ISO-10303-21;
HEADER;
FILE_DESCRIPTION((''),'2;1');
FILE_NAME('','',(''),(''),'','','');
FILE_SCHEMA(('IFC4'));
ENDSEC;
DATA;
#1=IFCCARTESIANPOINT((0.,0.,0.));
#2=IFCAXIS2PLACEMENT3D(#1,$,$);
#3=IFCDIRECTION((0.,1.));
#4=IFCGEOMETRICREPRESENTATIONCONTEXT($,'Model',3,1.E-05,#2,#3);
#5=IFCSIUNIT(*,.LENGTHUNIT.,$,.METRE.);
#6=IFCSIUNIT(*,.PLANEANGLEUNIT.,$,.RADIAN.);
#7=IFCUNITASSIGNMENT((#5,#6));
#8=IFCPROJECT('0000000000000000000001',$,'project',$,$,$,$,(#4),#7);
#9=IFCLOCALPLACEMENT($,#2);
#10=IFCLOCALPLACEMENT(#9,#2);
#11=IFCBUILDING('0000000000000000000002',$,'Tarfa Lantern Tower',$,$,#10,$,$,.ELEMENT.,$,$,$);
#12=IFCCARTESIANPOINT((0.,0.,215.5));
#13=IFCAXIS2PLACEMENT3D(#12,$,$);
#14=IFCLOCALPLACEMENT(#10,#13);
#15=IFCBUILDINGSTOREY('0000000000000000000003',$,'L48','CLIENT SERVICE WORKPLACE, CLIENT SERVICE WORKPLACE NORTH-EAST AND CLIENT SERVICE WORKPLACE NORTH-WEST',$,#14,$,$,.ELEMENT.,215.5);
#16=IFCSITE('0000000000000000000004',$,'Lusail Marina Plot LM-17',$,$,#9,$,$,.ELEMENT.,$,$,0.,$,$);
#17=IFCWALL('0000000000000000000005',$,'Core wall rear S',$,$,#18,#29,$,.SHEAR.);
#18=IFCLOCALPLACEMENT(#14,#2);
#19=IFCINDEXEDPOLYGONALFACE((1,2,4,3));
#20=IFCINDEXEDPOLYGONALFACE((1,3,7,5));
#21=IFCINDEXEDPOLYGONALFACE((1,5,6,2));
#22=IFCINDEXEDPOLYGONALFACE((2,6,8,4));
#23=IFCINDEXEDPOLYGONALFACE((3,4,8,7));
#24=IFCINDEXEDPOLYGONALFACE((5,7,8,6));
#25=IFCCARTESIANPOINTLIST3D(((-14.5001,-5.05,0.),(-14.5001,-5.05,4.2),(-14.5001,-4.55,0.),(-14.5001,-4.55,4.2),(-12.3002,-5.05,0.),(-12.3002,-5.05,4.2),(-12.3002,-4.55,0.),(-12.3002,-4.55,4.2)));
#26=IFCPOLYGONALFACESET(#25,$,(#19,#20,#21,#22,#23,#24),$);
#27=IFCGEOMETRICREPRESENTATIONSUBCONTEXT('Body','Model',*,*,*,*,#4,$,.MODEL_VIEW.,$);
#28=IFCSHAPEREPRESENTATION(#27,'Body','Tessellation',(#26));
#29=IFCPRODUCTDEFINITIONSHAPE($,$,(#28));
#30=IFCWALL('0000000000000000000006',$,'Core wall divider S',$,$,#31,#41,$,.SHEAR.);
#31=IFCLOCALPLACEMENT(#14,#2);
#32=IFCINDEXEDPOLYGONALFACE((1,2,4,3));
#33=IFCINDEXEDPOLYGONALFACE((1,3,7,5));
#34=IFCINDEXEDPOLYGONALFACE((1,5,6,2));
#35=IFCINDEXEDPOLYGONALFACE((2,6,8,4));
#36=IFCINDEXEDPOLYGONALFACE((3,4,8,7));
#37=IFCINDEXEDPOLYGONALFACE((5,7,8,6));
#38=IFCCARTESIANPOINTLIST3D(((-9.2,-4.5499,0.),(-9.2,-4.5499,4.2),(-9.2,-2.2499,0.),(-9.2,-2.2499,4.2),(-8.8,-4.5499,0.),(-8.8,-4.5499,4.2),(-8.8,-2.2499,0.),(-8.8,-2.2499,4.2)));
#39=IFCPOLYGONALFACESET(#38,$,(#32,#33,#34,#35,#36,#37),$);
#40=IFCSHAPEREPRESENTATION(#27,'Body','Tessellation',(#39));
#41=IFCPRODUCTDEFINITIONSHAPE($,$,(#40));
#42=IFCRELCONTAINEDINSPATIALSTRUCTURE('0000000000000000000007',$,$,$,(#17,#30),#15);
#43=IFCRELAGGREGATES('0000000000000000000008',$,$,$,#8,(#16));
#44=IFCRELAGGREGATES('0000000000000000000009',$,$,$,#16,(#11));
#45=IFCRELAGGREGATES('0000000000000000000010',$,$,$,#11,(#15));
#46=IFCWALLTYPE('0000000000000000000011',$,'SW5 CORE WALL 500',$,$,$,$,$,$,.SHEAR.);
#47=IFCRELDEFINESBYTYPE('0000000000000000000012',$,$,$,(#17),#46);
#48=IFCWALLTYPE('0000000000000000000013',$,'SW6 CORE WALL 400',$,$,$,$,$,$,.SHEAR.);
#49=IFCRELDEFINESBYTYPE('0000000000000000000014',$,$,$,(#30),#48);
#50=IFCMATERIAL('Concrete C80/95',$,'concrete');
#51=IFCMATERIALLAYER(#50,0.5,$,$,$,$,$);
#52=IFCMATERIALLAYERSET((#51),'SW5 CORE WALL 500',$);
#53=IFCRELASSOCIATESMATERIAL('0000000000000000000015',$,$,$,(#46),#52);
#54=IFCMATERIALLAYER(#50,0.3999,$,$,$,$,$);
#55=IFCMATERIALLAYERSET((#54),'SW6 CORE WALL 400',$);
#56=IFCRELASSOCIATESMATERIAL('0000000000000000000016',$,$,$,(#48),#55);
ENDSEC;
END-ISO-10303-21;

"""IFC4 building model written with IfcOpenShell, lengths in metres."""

from ifc_helpers import new_model, si_unit, direction, frame, frame_2d, origin, place, context, subcontext, project, spatial, rectangle, extrude, material, layer, layer_set, type_object, element, save


model = new_model("IFC4")

# Units and contexts
model_context = context("Model", 3, precision=1e-05, world=origin(), true_north=direction((0.0, 1.0)))
body_context = subcontext(model_context, "Body", "Model", "MODEL_VIEW")
ifc_project = project(units=[si_unit("LENGTHUNIT", "METRE"), si_unit("PLANEANGLEUNIT", "RADIAN")], contexts=[model_context])

# Site, building, storey
site_placement = place(None, origin())
site = spatial("IfcSite", under=ifc_project, at=site_placement, Name="Lusail Marina Plot LM-17", CompositionType="ELEMENT", RefElevation=0.0)
building_placement = place(site_placement, origin())
building = spatial("IfcBuilding", under=site, at=building_placement, Name="Tarfa Lantern Tower", CompositionType="ELEMENT")
storey_placement = place(building_placement, frame((0.0, 0.0, 215.5)))
storey = spatial("IfcBuildingStorey", under=building, at=storey_placement, Name="L48", Description="CLIENT SERVICE WORKPLACE, CLIENT SERVICE WORKPLACE NORTH-EAST AND CLIENT SERVICE WORKPLACE NORTH-WEST", CompositionType="ELEMENT", Elevation=215.5)

# Shared definitions
ifc_material_1 = material(Name="Concrete C80/95", Category="concrete")
ifc_layer_1 = layer(ifc_material_1, 0.5)
ifc_layer_set_1 = layer_set([ifc_layer_1], Name="SW5 CORE WALL 500")
wall_type_1 = type_object("IfcWallType", Name="SW5 CORE WALL 500", PredefinedType="SHEAR", material=ifc_layer_set_1)

# Walls
wall_1_placement = place(storey_placement, frame((-12.3, -4.8, 0.0), z_axis=(0.0, 0.0, 1.0), x_axis=(-1.0, 0.0, 0.0)))
element("IfcWall", 1, at=wall_1_placement, inside=storey, type_object=wall_type_1, Name="Core wall rear S", PredefinedType="SHEAR", context=body_context, shape_type="SweptSolid", body=[
    extrude(rectangle(XDim=2.2, YDim=0.5, at=frame_2d((1.1001, 0.0))), origin(), (0.0, 0.0, 1.0), 4.2),
])
ifc_layer_2 = layer(ifc_material_1, 0.3999)
ifc_layer_set_2 = layer_set([ifc_layer_2], Name="SW6 CORE WALL 400")
wall_type_2 = type_object("IfcWallType", Name="SW6 CORE WALL 400", PredefinedType="SHEAR", material=ifc_layer_set_2)
wall_2_placement = place(storey_placement, frame((-9.0, -2.25, 0.0), z_axis=(0.0, 0.0, 1.0), x_axis=(0.0, -1.0, 0.0)))
element("IfcWall", 2, at=wall_2_placement, inside=storey, type_object=wall_type_2, Name="Core wall divider S", PredefinedType="SHEAR", context=body_context, shape_type="SweptSolid", body=[
    extrude(rectangle(XDim=2.3, YDim=0.3999, at=frame_2d((1.1499, 0.0))), origin(), (0.0, 0.0, 1.0), 4.2),
])

save(model, "model.ifc")
